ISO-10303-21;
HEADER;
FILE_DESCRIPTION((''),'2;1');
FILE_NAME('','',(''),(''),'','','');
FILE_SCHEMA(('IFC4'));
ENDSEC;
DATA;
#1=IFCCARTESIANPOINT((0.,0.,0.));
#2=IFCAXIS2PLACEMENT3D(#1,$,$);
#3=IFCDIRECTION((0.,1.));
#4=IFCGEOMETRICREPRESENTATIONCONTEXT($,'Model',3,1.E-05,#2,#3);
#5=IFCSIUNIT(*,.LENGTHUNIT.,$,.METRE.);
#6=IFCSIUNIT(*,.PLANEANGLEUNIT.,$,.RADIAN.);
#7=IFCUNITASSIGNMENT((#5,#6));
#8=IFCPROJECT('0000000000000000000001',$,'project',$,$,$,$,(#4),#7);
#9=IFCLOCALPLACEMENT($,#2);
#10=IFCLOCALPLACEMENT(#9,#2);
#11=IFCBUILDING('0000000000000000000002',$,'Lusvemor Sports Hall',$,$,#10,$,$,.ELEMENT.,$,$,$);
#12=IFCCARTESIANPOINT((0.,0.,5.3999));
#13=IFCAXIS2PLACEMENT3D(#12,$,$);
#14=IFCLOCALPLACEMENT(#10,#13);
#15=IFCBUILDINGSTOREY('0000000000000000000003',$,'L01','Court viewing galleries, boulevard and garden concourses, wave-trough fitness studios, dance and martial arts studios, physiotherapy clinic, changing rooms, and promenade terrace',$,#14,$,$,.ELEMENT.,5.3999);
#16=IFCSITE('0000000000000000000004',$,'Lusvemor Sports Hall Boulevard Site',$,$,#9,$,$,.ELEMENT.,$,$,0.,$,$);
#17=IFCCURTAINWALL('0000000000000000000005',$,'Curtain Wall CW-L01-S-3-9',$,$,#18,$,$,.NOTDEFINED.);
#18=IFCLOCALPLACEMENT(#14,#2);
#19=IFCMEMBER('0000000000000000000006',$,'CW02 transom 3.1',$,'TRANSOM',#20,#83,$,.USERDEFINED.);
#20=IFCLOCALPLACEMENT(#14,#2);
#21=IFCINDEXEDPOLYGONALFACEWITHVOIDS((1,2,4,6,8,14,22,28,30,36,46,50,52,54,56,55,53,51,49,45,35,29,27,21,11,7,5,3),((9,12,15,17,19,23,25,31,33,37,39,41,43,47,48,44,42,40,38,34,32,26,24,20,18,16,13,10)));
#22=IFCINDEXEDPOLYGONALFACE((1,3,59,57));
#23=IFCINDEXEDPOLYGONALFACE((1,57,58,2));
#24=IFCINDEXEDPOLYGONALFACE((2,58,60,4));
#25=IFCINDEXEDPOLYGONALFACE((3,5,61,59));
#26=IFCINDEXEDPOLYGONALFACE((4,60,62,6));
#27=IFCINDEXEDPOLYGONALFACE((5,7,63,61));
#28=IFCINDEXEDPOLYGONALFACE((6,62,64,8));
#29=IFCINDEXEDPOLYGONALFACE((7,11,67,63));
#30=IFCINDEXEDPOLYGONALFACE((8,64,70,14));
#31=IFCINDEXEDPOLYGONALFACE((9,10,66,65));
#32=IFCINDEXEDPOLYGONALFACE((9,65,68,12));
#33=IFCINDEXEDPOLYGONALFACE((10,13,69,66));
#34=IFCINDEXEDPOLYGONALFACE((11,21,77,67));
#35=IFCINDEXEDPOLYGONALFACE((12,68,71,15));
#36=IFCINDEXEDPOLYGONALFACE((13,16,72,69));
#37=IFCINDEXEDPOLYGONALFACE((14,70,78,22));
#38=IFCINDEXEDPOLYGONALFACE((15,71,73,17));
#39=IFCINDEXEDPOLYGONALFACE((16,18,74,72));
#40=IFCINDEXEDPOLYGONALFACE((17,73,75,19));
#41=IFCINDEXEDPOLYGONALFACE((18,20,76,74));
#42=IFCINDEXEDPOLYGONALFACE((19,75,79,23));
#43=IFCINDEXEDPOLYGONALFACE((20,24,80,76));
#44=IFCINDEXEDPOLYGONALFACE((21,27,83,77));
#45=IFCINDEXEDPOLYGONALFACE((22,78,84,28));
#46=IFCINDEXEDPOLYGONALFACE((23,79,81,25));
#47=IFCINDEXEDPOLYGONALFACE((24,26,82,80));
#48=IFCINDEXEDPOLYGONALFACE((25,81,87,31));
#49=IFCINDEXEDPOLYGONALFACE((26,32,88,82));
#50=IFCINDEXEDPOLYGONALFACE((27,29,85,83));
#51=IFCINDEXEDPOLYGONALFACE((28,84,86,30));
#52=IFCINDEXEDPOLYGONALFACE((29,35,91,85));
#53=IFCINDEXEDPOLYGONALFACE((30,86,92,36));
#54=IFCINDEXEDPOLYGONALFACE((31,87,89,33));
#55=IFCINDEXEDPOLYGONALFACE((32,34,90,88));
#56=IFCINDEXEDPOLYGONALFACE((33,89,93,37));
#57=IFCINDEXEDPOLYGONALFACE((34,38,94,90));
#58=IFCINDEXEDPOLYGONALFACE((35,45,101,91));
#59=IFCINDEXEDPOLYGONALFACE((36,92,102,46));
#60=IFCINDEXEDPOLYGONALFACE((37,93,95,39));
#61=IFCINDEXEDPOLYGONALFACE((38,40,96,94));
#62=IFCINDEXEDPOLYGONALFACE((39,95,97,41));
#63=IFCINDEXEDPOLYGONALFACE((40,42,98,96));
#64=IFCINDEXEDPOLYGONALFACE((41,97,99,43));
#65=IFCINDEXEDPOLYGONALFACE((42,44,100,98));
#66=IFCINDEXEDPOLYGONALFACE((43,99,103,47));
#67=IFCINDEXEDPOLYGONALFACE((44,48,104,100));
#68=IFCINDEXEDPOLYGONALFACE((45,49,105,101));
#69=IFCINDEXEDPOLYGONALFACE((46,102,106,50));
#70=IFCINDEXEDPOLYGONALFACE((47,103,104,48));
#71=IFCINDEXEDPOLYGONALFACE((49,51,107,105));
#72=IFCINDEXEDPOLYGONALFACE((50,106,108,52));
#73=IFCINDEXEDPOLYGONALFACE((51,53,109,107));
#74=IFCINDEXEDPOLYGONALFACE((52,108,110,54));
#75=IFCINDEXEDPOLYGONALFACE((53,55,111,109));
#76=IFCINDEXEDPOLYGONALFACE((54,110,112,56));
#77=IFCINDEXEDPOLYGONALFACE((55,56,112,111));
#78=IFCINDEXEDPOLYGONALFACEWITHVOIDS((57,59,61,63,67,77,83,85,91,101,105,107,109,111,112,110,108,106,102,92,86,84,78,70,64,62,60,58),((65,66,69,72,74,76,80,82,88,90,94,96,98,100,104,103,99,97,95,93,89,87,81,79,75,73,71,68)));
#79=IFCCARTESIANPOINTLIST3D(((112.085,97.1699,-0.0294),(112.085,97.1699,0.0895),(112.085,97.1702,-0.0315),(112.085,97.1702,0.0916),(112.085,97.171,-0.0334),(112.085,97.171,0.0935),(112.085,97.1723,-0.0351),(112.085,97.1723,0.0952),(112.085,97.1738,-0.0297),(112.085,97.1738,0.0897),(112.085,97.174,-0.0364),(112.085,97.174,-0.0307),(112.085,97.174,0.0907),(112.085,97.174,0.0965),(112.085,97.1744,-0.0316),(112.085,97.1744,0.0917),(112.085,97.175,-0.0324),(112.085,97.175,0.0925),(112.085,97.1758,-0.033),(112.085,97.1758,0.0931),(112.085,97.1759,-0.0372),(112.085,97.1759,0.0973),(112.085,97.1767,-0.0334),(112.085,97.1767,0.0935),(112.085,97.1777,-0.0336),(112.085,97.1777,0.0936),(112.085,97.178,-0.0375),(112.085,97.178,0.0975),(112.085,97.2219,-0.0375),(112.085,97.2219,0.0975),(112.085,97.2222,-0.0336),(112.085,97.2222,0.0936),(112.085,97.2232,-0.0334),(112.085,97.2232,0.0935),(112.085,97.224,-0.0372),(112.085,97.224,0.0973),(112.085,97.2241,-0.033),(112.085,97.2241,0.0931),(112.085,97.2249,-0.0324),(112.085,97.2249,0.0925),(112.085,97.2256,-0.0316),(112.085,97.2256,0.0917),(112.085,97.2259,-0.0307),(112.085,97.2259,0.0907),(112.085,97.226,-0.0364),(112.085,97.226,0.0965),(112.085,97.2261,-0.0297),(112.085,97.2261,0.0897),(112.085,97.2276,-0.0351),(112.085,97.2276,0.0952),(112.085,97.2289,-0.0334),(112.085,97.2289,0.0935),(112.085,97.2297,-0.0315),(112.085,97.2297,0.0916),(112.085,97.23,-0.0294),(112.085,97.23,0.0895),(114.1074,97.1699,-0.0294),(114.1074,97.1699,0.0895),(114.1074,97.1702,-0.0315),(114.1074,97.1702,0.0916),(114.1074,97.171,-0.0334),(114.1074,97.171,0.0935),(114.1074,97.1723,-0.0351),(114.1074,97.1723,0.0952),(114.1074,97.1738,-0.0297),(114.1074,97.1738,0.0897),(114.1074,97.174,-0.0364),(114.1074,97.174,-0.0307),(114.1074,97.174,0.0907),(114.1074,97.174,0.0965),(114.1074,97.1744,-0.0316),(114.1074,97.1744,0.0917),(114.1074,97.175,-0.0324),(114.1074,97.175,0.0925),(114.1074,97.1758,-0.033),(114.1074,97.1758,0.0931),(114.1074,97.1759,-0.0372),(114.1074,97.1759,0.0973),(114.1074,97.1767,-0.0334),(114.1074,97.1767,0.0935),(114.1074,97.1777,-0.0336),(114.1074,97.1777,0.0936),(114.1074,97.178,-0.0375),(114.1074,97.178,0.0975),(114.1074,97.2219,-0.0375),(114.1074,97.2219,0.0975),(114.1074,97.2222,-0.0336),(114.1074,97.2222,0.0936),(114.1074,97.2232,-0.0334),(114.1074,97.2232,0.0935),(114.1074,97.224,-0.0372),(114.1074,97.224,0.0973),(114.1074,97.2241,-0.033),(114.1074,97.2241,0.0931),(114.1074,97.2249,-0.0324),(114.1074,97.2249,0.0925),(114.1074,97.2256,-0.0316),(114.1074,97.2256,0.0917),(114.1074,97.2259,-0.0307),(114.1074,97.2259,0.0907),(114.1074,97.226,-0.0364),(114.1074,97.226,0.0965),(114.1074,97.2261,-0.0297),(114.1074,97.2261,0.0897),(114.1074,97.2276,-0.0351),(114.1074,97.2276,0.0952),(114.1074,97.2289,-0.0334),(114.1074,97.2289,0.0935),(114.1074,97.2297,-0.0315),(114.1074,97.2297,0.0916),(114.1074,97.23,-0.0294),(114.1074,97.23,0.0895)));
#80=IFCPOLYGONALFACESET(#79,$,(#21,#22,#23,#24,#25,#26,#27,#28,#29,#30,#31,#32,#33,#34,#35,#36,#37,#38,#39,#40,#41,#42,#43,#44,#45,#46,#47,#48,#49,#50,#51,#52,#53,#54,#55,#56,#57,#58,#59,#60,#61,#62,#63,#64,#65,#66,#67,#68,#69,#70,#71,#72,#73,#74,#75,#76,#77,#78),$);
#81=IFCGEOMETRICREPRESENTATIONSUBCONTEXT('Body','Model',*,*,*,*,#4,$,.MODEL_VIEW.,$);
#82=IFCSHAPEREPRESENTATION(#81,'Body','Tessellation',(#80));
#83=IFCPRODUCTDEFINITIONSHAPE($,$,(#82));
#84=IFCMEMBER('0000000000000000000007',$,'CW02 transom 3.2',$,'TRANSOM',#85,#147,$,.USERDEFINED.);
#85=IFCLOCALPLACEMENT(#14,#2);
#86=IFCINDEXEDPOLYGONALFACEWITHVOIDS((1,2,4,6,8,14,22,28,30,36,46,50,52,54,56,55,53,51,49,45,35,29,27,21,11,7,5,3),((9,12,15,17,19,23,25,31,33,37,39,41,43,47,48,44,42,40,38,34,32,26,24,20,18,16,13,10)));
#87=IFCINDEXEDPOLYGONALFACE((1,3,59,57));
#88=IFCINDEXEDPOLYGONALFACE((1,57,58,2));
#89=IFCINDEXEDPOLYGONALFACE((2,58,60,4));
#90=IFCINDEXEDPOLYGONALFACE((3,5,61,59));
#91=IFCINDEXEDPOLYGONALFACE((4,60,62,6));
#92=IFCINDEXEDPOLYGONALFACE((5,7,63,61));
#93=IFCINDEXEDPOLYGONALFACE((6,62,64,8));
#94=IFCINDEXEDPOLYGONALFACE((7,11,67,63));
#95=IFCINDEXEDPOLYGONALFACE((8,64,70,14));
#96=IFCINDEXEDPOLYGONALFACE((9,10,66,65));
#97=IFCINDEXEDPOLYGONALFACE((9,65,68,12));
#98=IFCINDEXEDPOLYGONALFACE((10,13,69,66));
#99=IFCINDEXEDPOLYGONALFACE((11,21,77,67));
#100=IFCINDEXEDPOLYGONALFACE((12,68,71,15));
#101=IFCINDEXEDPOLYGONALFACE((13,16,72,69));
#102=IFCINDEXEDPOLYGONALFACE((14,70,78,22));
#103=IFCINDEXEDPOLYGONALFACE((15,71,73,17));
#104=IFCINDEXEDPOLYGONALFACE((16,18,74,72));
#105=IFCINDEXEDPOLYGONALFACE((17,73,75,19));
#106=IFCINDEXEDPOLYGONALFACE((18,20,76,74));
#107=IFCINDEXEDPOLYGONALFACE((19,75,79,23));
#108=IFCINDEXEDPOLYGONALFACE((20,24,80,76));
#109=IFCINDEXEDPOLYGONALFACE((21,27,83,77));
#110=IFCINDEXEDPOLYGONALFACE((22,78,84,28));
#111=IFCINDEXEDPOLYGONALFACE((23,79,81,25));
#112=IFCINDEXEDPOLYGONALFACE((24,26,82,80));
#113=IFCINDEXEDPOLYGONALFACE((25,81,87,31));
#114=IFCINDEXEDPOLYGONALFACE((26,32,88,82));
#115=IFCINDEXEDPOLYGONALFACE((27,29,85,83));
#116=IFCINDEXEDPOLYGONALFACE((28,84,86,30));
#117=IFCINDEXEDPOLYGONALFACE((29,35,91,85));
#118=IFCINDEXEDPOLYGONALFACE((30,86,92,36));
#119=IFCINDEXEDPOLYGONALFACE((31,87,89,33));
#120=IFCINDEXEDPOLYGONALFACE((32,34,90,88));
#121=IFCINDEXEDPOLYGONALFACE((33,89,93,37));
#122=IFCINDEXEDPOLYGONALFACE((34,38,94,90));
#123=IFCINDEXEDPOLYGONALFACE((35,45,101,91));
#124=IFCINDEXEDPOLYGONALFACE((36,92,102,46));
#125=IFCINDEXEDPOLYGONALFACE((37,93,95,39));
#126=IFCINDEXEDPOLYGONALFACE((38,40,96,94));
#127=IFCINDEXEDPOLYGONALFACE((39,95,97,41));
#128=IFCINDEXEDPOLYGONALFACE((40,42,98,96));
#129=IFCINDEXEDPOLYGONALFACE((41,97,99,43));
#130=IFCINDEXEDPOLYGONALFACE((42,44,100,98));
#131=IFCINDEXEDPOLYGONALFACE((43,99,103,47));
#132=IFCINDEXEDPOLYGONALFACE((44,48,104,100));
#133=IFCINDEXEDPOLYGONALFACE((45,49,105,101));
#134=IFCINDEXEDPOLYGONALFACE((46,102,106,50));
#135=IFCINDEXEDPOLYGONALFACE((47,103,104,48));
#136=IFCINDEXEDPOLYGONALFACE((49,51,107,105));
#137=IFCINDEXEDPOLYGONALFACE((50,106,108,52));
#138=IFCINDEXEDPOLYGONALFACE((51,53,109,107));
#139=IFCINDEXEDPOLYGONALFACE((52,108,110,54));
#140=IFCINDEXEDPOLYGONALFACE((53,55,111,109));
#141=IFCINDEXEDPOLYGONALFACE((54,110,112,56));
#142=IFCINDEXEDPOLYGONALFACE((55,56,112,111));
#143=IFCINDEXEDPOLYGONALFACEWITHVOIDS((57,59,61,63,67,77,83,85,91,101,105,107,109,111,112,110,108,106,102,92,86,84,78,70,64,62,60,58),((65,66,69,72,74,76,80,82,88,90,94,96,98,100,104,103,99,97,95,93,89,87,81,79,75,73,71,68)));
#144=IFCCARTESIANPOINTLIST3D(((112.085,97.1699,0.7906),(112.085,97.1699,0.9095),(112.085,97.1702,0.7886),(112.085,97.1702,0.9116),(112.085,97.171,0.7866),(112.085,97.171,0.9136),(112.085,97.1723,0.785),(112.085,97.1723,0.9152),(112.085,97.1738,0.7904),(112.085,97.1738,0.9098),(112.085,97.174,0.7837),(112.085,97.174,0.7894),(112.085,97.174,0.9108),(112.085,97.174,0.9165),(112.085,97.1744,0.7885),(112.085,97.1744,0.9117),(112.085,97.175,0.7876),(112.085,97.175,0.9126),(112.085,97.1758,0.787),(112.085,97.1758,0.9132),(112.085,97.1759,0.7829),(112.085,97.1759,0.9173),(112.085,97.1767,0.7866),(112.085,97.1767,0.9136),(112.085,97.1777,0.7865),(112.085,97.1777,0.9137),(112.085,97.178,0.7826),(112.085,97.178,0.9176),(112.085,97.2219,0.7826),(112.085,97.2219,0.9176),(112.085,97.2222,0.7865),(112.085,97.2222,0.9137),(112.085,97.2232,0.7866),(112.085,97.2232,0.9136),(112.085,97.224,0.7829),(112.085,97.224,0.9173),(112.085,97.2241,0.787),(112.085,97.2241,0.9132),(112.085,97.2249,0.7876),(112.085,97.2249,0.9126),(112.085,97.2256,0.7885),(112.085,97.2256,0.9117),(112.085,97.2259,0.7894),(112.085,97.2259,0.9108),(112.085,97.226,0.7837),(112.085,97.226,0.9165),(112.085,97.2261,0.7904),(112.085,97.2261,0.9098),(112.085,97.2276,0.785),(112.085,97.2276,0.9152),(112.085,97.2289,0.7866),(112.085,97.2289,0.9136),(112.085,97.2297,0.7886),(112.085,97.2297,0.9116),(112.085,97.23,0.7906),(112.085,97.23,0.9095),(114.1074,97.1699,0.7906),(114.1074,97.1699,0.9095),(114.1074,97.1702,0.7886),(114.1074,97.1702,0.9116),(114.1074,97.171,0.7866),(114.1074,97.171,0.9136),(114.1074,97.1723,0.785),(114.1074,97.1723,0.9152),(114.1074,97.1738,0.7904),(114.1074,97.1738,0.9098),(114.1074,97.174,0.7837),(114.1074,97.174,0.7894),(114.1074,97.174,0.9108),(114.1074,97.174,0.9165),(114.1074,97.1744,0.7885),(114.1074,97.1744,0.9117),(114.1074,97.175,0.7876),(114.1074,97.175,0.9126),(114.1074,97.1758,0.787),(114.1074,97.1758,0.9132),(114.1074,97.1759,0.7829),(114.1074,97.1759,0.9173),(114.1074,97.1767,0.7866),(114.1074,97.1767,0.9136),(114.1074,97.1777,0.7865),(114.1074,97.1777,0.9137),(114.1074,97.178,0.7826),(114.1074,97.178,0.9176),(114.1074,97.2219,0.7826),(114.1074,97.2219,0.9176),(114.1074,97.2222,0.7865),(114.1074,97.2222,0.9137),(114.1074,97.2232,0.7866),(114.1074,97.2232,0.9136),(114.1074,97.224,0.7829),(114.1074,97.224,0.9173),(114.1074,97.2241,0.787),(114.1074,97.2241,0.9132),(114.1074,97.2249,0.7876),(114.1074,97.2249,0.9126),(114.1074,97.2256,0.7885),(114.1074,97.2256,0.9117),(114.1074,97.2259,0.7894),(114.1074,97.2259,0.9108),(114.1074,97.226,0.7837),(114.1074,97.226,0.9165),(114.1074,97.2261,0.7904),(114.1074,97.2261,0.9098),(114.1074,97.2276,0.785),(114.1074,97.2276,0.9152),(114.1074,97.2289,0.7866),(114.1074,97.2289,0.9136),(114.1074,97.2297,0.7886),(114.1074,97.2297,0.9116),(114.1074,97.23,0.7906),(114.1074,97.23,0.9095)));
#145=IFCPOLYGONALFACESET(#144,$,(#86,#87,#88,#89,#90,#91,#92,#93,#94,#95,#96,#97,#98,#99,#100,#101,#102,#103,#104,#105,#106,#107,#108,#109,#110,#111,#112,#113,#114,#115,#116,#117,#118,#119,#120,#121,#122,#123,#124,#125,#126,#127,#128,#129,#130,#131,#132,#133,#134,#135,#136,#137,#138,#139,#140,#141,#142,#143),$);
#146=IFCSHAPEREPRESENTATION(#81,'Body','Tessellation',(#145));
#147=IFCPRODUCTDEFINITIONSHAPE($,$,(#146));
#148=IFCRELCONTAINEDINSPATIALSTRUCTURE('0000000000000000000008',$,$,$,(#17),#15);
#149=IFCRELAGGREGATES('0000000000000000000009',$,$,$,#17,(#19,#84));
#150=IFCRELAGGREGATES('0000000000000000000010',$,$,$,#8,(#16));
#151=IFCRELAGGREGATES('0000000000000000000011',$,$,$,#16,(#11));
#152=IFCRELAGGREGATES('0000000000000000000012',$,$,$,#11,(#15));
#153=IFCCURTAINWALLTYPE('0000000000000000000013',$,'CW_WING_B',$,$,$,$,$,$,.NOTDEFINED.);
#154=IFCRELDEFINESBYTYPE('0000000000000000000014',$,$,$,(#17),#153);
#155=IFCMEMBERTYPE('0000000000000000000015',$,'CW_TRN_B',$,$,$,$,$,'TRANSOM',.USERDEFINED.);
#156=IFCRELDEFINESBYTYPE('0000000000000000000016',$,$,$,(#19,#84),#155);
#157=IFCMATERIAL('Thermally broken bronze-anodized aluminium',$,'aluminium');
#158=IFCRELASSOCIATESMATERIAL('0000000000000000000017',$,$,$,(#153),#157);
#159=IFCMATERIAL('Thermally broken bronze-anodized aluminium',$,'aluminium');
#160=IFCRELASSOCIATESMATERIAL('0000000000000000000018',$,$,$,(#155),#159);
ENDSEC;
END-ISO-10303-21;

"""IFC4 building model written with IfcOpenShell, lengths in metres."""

from ifc_helpers import new_model, si_unit, direction, frame, origin, origin_2d, place, context, subcontext, project, spatial, hollow_rectangle, extrude, material, material_profile, profile_set, type_object, element, aggregate, save


model = new_model("IFC4")

# Units and contexts
model_context = context("Model", 3, precision=1e-05, world=origin(), true_north=direction((0.0, 1.0)))
body_context = subcontext(model_context, "Body", "Model", "MODEL_VIEW")
ifc_project = project(units=[si_unit("LENGTHUNIT", "METRE"), si_unit("PLANEANGLEUNIT", "RADIAN")], contexts=[model_context])

# Site, building, storey
site_placement = place(None, origin())
site = spatial("IfcSite", under=ifc_project, at=site_placement, Name="Lusvemor Sports Hall Boulevard Site", CompositionType="ELEMENT", RefElevation=0.0)
building_placement = place(site_placement, origin())
building = spatial("IfcBuilding", under=site, at=building_placement, Name="Lusvemor Sports Hall", CompositionType="ELEMENT")
storey_placement = place(building_placement, frame((0.0, 0.0, 5.3999)))
storey = spatial("IfcBuildingStorey", under=building, at=storey_placement, Name="L01", Description="Court viewing galleries, boulevard and garden concourses, wave-trough fitness studios, dance and martial arts studios, physiotherapy clinic, changing rooms, and promenade terrace", CompositionType="ELEMENT", Elevation=5.3999)

# Curtain wall, members
ifc_material_1 = material(Name="Thermally broken bronze-anodized aluminium", Category="aluminium")
curtain_wall_type = type_object("IfcCurtainWallType", Name="CW_WING_B", PredefinedType="NOTDEFINED", material=ifc_material_1)
curtain_wall_placement = place(storey_placement, origin())
curtain_wall = element("IfcCurtainWall", 1, at=curtain_wall_placement, inside=storey, type_object=curtain_wall_type, Name="Curtain Wall CW-L01-S-3-9", PredefinedType="NOTDEFINED")
ifc_material_2 = material(Name="Thermally broken bronze-anodized aluminium", Category="aluminium")
ifc_material_profile_1 = material_profile(ifc_material_2, hollow_rectangle(XDim=0.0601, YDim=0.135, WallThickness=0.0039, InnerFilletRadius=0.0039, OuterFilletRadius=0.0081, at=origin_2d()), Name="CWTRN135x60x4")
ifc_profile_set_1 = profile_set([ifc_material_profile_1], Name="Thermally broken bronze-anodized aluminium")
member_type_1 = type_object("IfcMemberType", Name="CW_TRN_B", ElementType="TRANSOM", PredefinedType="USERDEFINED", material=ifc_profile_set_1)
member_1_placement = place(storey_placement, frame((114.1074, 97.2, 0.03), z_axis=(-1.0, 0.0, 0.0), x_axis=(0.0, -1.0, 0.0)))
member_1 = element("IfcMember", 2, at=member_1_placement, type_object=member_type_1, Name="CW02 transom 3.1", ObjectType="TRANSOM", PredefinedType="USERDEFINED", context=body_context, shape_type="SweptSolid", body=[
    extrude(hollow_rectangle(XDim=0.0601, YDim=0.135, WallThickness=0.0039, InnerFilletRadius=0.0039, OuterFilletRadius=0.0081, at=origin_2d()), origin(), (0.0, 0.0, 1.0), 2.0225),
])
member_2_placement = place(storey_placement, frame((114.1074, 97.2, 0.8501), z_axis=(-1.0, 0.0, 0.0), x_axis=(0.0, -1.0, 0.0)))
member_2 = element("IfcMember", 3, at=member_2_placement, type_object=member_type_1, Name="CW02 transom 3.2", ObjectType="TRANSOM", PredefinedType="USERDEFINED", context=body_context, shape_type="SweptSolid", body=[
    extrude(hollow_rectangle(XDim=0.0601, YDim=0.135, WallThickness=0.0039, InnerFilletRadius=0.0039, OuterFilletRadius=0.0081, at=origin_2d()), origin(), (0.0, 0.0, 1.0), 2.0225),
])

aggregate(curtain_wall, [member_1, member_2])

save(model, "model.ifc")
